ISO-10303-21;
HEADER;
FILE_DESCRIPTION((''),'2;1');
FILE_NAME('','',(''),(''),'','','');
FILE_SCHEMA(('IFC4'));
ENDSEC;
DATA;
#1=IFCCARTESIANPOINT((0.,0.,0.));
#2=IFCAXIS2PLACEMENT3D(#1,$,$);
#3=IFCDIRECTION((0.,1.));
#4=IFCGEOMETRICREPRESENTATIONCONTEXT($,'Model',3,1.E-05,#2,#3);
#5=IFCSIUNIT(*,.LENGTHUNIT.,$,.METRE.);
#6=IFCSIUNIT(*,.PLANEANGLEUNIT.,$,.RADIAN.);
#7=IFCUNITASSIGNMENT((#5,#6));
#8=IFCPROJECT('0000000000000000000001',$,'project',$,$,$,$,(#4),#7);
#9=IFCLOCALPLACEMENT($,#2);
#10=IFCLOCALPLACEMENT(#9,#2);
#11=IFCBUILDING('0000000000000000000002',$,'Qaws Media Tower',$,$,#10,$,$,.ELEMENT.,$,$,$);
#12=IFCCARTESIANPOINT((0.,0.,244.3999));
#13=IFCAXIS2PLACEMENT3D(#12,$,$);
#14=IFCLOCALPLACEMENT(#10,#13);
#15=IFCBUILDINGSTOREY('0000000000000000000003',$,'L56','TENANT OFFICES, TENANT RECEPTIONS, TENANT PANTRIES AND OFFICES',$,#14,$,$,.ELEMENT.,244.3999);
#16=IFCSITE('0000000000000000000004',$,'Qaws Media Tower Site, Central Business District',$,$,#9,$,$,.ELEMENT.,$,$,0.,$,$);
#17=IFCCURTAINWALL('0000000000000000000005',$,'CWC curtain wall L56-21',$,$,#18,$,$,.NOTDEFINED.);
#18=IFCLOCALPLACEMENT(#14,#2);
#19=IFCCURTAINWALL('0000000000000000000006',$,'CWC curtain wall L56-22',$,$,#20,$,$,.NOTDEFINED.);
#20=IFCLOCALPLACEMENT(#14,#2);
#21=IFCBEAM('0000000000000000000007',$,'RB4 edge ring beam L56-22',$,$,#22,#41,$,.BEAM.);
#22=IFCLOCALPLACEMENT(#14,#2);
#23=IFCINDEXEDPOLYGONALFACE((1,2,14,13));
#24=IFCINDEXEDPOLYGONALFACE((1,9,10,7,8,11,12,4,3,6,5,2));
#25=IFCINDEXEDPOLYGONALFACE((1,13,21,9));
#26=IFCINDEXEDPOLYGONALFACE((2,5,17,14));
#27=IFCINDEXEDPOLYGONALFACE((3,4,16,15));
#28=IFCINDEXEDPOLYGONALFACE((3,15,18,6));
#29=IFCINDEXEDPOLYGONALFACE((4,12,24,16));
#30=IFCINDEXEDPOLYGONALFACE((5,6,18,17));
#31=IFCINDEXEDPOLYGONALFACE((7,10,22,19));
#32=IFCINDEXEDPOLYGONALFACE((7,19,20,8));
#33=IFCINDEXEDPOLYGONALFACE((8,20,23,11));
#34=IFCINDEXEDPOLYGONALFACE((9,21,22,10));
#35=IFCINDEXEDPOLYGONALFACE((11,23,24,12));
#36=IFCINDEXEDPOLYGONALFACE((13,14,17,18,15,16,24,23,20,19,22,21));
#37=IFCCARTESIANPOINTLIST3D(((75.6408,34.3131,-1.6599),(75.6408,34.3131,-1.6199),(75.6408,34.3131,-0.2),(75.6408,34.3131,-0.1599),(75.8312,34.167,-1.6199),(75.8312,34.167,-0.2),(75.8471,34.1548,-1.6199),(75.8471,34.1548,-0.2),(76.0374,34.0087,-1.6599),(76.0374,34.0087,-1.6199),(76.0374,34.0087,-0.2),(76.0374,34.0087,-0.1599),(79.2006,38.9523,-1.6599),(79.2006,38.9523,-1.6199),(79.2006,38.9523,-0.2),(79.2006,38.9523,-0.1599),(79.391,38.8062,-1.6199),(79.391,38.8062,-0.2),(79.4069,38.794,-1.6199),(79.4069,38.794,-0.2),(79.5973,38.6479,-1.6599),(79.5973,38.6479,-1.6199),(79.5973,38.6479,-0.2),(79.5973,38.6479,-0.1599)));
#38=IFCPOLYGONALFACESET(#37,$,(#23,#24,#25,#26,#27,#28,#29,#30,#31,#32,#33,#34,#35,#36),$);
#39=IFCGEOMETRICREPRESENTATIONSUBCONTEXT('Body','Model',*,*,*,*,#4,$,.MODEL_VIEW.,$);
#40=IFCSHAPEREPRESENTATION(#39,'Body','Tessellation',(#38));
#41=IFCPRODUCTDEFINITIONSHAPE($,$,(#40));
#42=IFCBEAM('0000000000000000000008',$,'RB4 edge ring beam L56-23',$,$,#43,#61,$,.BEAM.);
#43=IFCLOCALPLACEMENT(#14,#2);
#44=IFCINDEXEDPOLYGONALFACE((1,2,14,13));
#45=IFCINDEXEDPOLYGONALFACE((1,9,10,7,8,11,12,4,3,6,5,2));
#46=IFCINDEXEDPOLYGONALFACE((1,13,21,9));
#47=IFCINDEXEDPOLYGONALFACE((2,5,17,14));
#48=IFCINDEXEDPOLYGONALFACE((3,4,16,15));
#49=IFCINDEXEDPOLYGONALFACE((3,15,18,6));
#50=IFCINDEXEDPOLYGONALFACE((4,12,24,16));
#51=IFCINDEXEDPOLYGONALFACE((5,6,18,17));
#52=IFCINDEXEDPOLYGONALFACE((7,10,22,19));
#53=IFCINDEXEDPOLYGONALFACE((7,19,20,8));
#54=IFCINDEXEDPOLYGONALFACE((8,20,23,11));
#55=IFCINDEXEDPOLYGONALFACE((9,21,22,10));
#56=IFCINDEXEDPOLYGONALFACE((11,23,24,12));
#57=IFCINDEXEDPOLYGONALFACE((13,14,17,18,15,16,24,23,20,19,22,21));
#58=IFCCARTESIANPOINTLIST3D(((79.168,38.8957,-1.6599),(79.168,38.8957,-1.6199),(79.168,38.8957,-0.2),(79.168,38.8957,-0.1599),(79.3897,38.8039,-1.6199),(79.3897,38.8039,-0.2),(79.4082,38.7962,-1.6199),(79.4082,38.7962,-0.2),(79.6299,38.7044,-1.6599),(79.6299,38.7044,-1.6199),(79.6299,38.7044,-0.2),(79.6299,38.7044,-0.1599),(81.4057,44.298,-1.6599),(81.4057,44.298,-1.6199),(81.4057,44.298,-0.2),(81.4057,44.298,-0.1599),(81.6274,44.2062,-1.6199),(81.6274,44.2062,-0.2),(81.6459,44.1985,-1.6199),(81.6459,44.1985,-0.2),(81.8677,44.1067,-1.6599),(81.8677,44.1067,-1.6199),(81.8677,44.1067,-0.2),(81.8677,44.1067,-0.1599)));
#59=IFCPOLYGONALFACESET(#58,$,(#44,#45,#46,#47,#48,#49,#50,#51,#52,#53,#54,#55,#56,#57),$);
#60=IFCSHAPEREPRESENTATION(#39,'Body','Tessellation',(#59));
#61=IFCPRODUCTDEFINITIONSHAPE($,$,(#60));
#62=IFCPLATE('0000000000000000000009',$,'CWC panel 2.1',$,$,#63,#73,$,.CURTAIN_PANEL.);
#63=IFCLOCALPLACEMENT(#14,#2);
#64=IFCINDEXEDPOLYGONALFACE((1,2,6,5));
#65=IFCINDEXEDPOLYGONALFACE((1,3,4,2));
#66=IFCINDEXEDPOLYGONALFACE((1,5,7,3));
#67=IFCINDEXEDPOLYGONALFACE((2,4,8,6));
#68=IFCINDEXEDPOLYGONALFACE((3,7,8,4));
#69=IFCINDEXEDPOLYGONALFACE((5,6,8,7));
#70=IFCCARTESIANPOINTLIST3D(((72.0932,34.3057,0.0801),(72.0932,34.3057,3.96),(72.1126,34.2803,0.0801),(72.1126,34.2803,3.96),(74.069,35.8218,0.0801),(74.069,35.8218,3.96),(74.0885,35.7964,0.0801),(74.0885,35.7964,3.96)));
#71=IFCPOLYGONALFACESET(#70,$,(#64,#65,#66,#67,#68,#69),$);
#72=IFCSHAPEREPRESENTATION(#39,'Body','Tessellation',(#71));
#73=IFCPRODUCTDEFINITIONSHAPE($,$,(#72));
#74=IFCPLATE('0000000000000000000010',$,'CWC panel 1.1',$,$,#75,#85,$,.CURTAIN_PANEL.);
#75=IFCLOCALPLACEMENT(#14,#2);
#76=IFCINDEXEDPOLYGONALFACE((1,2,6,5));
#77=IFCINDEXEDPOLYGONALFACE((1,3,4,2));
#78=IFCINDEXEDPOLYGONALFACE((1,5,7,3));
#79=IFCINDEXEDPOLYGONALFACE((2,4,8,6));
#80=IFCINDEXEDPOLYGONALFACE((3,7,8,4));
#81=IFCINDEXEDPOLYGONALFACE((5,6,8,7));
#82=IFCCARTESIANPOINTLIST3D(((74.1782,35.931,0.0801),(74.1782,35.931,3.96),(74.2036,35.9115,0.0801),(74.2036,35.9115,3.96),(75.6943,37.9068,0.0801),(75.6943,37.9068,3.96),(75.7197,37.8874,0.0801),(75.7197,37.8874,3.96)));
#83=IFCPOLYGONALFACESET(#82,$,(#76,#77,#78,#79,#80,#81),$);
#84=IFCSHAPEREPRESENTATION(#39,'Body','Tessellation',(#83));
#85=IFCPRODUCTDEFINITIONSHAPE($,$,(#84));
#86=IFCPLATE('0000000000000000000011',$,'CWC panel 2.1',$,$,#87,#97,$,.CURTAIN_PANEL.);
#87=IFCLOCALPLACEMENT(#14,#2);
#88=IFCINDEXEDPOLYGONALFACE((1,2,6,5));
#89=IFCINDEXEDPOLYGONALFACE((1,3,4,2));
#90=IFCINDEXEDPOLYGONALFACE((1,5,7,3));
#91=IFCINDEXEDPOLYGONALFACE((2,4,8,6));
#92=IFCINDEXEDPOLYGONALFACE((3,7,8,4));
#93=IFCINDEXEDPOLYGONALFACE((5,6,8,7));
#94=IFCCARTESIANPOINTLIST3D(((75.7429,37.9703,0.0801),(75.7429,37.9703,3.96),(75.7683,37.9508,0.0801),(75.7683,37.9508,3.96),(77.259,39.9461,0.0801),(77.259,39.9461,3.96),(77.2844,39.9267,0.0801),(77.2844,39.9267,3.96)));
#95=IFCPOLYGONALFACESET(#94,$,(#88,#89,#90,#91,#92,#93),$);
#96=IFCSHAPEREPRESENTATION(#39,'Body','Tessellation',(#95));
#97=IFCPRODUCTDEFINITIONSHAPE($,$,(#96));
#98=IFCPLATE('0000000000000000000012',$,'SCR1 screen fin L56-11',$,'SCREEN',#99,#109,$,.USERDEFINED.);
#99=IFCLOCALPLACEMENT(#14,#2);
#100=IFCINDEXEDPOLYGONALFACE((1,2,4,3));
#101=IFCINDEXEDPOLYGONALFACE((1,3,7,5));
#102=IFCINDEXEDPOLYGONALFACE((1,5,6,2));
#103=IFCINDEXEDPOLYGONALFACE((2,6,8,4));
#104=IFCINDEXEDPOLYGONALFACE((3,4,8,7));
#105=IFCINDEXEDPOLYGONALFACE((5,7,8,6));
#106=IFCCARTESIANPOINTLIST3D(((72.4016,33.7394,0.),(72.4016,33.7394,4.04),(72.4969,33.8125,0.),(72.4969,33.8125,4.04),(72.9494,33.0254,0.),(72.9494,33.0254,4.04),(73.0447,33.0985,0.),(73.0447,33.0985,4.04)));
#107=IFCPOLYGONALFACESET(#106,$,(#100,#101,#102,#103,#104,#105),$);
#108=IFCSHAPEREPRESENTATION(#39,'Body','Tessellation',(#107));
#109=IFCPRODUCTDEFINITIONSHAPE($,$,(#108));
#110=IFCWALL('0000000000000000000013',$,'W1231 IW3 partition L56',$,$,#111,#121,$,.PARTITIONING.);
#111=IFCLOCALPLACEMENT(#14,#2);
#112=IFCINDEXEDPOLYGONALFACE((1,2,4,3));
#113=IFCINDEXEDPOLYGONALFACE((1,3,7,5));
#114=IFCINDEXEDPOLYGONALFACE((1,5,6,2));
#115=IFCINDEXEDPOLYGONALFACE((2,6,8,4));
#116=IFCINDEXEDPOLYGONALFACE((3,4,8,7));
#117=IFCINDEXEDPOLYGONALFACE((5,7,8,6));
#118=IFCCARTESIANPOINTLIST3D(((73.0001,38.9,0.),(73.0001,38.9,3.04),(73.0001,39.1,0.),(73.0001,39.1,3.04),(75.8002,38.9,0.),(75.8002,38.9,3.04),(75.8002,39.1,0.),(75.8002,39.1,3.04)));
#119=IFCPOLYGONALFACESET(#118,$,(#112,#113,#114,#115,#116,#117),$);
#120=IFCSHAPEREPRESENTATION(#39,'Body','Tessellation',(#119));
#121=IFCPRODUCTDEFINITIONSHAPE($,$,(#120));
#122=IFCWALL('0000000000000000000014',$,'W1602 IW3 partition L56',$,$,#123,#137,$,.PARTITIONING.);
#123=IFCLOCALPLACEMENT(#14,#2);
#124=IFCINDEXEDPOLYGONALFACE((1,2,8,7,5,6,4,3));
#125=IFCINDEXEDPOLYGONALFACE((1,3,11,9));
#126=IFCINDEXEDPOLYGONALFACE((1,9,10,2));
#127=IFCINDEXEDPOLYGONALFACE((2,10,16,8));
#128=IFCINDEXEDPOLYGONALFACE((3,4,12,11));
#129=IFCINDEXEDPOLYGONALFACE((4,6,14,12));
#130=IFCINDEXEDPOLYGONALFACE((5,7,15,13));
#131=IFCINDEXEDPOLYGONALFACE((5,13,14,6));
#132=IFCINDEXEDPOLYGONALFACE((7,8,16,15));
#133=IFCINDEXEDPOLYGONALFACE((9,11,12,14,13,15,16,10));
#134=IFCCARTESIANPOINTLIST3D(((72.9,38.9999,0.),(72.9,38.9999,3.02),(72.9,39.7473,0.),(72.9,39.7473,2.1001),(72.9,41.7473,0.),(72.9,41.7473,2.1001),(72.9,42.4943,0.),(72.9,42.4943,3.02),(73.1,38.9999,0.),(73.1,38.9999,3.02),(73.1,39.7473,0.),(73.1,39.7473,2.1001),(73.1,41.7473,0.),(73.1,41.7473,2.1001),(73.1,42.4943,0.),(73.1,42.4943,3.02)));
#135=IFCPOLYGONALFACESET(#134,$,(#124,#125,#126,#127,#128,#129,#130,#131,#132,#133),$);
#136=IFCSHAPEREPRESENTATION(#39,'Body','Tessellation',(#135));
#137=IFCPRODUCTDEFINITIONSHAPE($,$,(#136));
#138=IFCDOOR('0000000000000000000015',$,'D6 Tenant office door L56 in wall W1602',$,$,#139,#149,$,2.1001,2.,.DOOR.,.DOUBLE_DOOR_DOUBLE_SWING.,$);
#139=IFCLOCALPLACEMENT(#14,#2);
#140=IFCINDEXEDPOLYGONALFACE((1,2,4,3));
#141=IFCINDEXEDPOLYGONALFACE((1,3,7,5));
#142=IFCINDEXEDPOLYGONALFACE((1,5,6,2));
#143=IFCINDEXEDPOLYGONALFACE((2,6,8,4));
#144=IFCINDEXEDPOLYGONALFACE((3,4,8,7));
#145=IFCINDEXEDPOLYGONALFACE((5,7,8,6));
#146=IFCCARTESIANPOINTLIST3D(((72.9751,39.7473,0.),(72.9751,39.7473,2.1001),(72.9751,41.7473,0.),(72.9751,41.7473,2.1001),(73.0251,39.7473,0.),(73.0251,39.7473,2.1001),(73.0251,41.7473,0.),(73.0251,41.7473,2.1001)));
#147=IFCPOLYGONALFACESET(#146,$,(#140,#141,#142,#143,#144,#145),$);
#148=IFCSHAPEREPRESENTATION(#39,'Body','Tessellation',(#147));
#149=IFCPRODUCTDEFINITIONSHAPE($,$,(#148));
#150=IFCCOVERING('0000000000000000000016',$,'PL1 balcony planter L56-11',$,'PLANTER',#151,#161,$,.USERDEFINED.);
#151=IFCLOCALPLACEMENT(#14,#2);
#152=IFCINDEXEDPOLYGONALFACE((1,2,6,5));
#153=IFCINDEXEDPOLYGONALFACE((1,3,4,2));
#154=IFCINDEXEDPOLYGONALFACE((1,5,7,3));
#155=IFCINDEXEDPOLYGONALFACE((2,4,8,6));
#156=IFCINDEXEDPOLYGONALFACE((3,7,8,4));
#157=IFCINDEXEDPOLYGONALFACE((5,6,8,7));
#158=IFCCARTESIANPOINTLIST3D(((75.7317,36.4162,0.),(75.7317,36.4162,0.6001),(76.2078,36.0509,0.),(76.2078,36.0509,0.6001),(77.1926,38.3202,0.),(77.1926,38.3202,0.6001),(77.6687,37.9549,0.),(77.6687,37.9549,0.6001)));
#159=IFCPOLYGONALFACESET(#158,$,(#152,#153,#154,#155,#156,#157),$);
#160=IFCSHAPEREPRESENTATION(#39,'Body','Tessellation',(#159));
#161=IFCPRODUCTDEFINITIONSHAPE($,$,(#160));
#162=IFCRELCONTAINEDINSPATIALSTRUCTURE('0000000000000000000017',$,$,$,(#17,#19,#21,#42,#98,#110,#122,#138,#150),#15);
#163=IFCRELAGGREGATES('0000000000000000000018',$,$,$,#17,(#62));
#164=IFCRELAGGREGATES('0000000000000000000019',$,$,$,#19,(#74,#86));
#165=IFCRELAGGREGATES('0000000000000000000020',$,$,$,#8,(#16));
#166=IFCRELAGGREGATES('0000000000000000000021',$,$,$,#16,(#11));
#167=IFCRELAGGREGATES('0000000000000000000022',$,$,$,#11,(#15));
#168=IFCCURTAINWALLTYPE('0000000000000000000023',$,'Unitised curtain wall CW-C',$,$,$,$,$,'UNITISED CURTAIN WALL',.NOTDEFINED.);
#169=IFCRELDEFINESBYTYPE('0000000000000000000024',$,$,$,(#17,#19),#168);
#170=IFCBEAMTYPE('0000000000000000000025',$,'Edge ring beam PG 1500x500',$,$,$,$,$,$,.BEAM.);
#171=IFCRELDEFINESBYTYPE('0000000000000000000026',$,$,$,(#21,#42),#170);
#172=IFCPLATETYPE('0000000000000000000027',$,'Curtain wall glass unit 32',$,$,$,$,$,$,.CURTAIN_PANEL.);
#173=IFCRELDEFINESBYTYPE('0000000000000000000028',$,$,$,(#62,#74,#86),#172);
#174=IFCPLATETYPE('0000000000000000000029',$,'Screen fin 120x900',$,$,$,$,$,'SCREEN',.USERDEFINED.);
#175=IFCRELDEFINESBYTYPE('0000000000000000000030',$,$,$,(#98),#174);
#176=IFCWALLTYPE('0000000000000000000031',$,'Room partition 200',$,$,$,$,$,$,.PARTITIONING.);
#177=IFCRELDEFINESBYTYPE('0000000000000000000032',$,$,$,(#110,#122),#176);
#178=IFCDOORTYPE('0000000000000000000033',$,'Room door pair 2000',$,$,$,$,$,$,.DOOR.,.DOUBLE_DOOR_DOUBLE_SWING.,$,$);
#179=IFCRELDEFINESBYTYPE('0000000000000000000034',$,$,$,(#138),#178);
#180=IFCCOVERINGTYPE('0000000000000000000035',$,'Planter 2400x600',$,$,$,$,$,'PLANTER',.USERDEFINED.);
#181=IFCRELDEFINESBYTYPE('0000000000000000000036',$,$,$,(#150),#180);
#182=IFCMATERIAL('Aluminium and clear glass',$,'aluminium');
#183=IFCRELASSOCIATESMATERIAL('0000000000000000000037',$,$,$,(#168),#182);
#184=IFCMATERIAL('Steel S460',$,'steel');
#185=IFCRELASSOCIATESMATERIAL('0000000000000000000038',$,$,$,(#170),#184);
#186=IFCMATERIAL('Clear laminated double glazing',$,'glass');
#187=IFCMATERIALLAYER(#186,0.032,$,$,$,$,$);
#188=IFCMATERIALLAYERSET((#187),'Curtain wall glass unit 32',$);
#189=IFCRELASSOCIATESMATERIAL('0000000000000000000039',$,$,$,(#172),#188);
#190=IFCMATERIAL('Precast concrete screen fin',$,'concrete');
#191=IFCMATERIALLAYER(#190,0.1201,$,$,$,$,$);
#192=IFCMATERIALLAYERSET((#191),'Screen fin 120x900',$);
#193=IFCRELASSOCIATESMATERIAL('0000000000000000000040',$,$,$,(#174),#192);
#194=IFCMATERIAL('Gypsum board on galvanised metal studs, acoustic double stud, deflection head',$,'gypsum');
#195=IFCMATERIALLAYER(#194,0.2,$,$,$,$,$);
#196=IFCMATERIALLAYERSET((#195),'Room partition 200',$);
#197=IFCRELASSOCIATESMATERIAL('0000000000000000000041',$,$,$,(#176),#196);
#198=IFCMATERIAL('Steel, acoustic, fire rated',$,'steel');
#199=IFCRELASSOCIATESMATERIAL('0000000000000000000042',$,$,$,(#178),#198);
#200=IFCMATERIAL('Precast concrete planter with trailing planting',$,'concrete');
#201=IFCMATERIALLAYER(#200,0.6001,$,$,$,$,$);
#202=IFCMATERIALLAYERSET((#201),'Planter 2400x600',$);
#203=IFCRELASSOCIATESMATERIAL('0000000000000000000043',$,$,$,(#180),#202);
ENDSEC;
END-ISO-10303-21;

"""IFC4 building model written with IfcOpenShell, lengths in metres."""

from ifc_helpers import new_model, si_unit, direction, frame, frame_2d, origin, origin_2d, place, context, subcontext, project, spatial, rectangle, i_section, extrude, material, layer, layer_set, material_profile, profile_set, type_object, element, fill, aggregate, save


model = new_model("IFC4")

# Units and contexts
model_context = context("Model", 3, precision=1e-05, world=origin(), true_north=direction((0.0, 1.0)))
body_context = subcontext(model_context, "Body", "Model", "MODEL_VIEW")
ifc_project = project(units=[si_unit("LENGTHUNIT", "METRE"), si_unit("PLANEANGLEUNIT", "RADIAN")], contexts=[model_context])

# Site, building, storey
site_placement = place(None, origin())
site = spatial("IfcSite", under=ifc_project, at=site_placement, Name="Qaws Media Tower Site, Central Business District", CompositionType="ELEMENT", RefElevation=0.0)
building_placement = place(site_placement, origin())
building = spatial("IfcBuilding", under=site, at=building_placement, Name="Qaws Media Tower", CompositionType="ELEMENT")
storey_placement = place(building_placement, frame((0.0, 0.0, 244.3999)))
storey = spatial("IfcBuildingStorey", under=building, at=storey_placement, Name="L56", Description="TENANT OFFICES, TENANT RECEPTIONS, TENANT PANTRIES AND OFFICES", CompositionType="ELEMENT", Elevation=244.3999)

# Curtain walls
ifc_material_1 = material(Name="Aluminium and clear glass", Category="aluminium")
curtain_wall_type = type_object("IfcCurtainWallType", Name="Unitised curtain wall CW-C", ElementType="UNITISED CURTAIN WALL", PredefinedType="NOTDEFINED", material=ifc_material_1)
curtain_wall_1_placement = place(storey_placement, origin())
curtain_wall_1 = element("IfcCurtainWall", 1, at=curtain_wall_1_placement, inside=storey, type_object=curtain_wall_type, Name="CWC curtain wall L56-21", PredefinedType="NOTDEFINED")
curtain_wall_2_placement = place(storey_placement, origin())
curtain_wall_2 = element("IfcCurtainWall", 2, at=curtain_wall_2_placement, inside=storey, type_object=curtain_wall_type, Name="CWC curtain wall L56-22", PredefinedType="NOTDEFINED")

# Beams
ifc_material_2 = material(Name="Steel S460", Category="steel")
ifc_material_profile_1 = material_profile(ifc_material_2, i_section(OverallWidth=0.5, OverallDepth=1.5, WebThickness=0.02, FlangeThickness=0.04, at=origin_2d()), Name="PG 1500x500")
ifc_profile_set_1 = profile_set([ifc_material_profile_1], Name="Steel S460")
beam_type = type_object("IfcBeamType", Name="Edge ring beam PG 1500x500", PredefinedType="BEAM", material=ifc_profile_set_1)
for number, where, z_axis, x_axis, name in (
    (3, (75.8391, 34.1609, -0.9099), (0.608768, 0.793348, 0.0), (-0.793348, 0.608768, 0.0), "RB4 edge ring beam L56-22"),
):
    element("IfcBeam", number, at=place(storey_placement, frame(where, z_axis=z_axis, x_axis=x_axis)), inside=storey, type_object=beam_type, Name=name, PredefinedType="BEAM", context=body_context, shape_type="SweptSolid", body=[
        extrude(i_section(OverallWidth=0.5, OverallDepth=1.5, WebThickness=0.02, FlangeThickness=0.04, at=origin_2d()), origin(), (0.0, 0.0, 1.0), 5.8477),
    ])
beam_placement = place(storey_placement, frame((79.3989, 38.8, -0.9099), z_axis=(0.382693, 0.923875, 0.0), x_axis=(-0.923875, 0.382693, 0.0)))
element("IfcBeam", 4, at=beam_placement, inside=storey, type_object=beam_type, Name="RB4 edge ring beam L56-23", PredefinedType="BEAM", context=body_context, shape_type="SweptSolid", body=[
    extrude(i_section(OverallWidth=0.5, OverallDepth=1.5, WebThickness=0.02, FlangeThickness=0.04, at=origin_2d()), origin(), (0.0, 0.0, 1.0), 5.8474),
])

# Plates
ifc_material_3 = material(Name="Clear laminated double glazing", Category="glass")
ifc_layer_1 = layer(ifc_material_3, 0.032)
ifc_layer_set_1 = layer_set([ifc_layer_1], Name="Curtain wall glass unit 32")
plate_type_1 = type_object("IfcPlateType", Name="Curtain wall glass unit 32", PredefinedType="CURTAIN_PANEL", material=ifc_layer_set_1)
plate_1_placement = place(storey_placement, frame((73.0908, 35.051, 0.0801), z_axis=(0.0, 0.0, 1.0), x_axis=(0.793353, 0.608761, 0.0)))
plate_1 = element("IfcPlate", 5, at=plate_1_placement, type_object=plate_type_1, Name="CWC panel 2.1", PredefinedType="CURTAIN_PANEL", context=body_context, shape_type="SweptSolid", body=[
    extrude(rectangle(XDim=2.4905, YDim=0.032, at=origin_2d()), origin(), (0.0, 0.0, 1.0), 3.8799),
])
aggregate(curtain_wall_1, [plate_1])
plate_2_placement = place(storey_placement, frame((74.949, 36.9092, 0.0801), z_axis=(0.0, 0.0, 1.0), x_axis=(0.608761, 0.793353, 0.0)))
plate_2 = element("IfcPlate", 6, at=plate_2_placement, type_object=plate_type_1, Name="CWC panel 1.1", PredefinedType="CURTAIN_PANEL", context=body_context, shape_type="SweptSolid", body=[
    extrude(rectangle(XDim=2.4905, YDim=0.032, at=origin_2d()), origin(), (0.0, 0.0, 1.0), 3.8799),
])
plate_3_placement = place(storey_placement, frame((76.5137, 38.9485, 0.0801), z_axis=(0.0, 0.0, 1.0), x_axis=(0.608761, 0.793353, 0.0)))
plate_3 = element("IfcPlate", 7, at=plate_3_placement, type_object=plate_type_1, Name="CWC panel 2.1", PredefinedType="CURTAIN_PANEL", context=body_context, shape_type="SweptSolid", body=[
    extrude(rectangle(XDim=2.4905, YDim=0.032, at=origin_2d()), origin(), (0.0, 0.0, 1.0), 3.8799),
])
aggregate(curtain_wall_2, [plate_2, plate_3])
ifc_material_4 = material(Name="Precast concrete screen fin", Category="concrete")
ifc_layer_2 = layer(ifc_material_4, 0.1201)
ifc_layer_set_2 = layer_set([ifc_layer_2], Name="Screen fin 120x900")
plate_type_2 = type_object("IfcPlateType", Name="Screen fin 120x900", ElementType="SCREEN", PredefinedType="USERDEFINED", material=ifc_layer_set_2)
plate_4_placement = place(storey_placement, frame((72.7231, 33.4189, 0.0), z_axis=(0.0, 0.0, 1.0), x_axis=(0.608761, -0.793353, 0.0)))
element("IfcPlate", 8, at=plate_4_placement, inside=storey, type_object=plate_type_2, Name="SCR1 screen fin L56-11", ObjectType="SCREEN", PredefinedType="USERDEFINED", context=body_context, shape_type="SweptSolid", body=[
    extrude(rectangle(XDim=0.8999, YDim=0.1201, at=origin_2d()), origin(), (0.0, 0.0, 1.0), 4.04),
])

# Wall
ifc_material_5 = material(Name="Gypsum board on galvanised metal studs, acoustic double stud, deflection head", Category="gypsum")
ifc_layer_3 = layer(ifc_material_5, 0.2)
ifc_layer_set_3 = layer_set([ifc_layer_3], Name="Room partition 200")
wall_type = type_object("IfcWallType", Name="Room partition 200", PredefinedType="PARTITIONING", material=ifc_layer_set_3)
wall_1_placement = place(storey_placement, frame((75.8, 39.0, 0.0), z_axis=(0.0, 0.0, 1.0), x_axis=(-1.0, 0.0, 0.0)))
element("IfcWall", 9, at=wall_1_placement, inside=storey, type_object=wall_type, Name="W1231 IW3 partition L56", PredefinedType="PARTITIONING", context=body_context, shape_type="SweptSolid", body=[
    extrude(rectangle(XDim=2.8, YDim=0.2, at=frame_2d((1.3999, 0.0))), origin(), (0.0, 0.0, 1.0), 3.04),
])

# Wall, opening, door
wall_2_placement = place(storey_placement, frame((73.0, 39.0, 0.0), z_axis=(0.0, 0.0, 1.0), x_axis=(0.0, 1.0, 0.0)))
wall_2 = element("IfcWall", 10, at=wall_2_placement, inside=storey, type_object=wall_type, Name="W1602 IW3 partition L56", PredefinedType="PARTITIONING", context=body_context, shape_type="SweptSolid", body=[
    extrude(rectangle(XDim=3.4944, YDim=0.2, at=frame_2d((1.7471, 0.0))), origin(), (0.0, 0.0, 1.0), 3.02),
])
opening_placement = place(wall_2_placement, frame((0.7473, 0.0, 0.0)))
opening = element("IfcOpeningElement", 11, at=opening_placement, cuts=wall_2, PredefinedType="OPENING", context=body_context, shape_type="SweptSolid", body=[
    extrude(rectangle(XDim=2.0, YDim=2.1001, at=frame_2d((1.0, 1.05))), frame((0.0, 0.1099, 0.0), z_axis=(0.0, -1.0, 0.0), x_axis=(1.0, 0.0, 0.0)), (0.0, 0.0, 1.0), 0.22),
])
ifc_material_6 = material(Name="Steel, acoustic, fire rated", Category="steel")
door_type = type_object("IfcDoorType", Name="Room door pair 2000", OperationType="DOUBLE_DOOR_DOUBLE_SWING", PredefinedType="DOOR", material=ifc_material_6)
door_placement = place(opening_placement, origin())
door = element("IfcDoor", 12, at=door_placement, inside=storey, type_object=door_type, Name="D6 Tenant office door L56 in wall W1602", OperationType="DOUBLE_DOOR_DOUBLE_SWING", OverallHeight=2.1001, OverallWidth=2.0, PredefinedType="DOOR", context=body_context, shape_type="SweptSolid", body=[
    extrude(rectangle(XDim=2.0, YDim=2.1001, at=frame_2d((1.0, 1.05))), frame((0.0, 0.0249, 0.0), z_axis=(0.0, -1.0, 0.0), x_axis=(1.0, 0.0, 0.0)), (0.0, 0.0, 1.0), 0.05),
])
fill(opening, door)

# Covering
ifc_material_7 = material(Name="Precast concrete planter with trailing planting", Category="concrete")
ifc_layer_4 = layer(ifc_material_7, 0.6001)
ifc_layer_set_4 = layer_set([ifc_layer_4], Name="Planter 2400x600")
covering_type = type_object("IfcCoveringType", Name="Planter 2400x600", ElementType="PLANTER", PredefinedType="USERDEFINED", material=ifc_layer_set_4)
covering_placement = place(storey_placement, frame((76.7002, 37.1855, 0.0), z_axis=(0.0, 0.0, 1.0), x_axis=(0.608761, 0.793353, 0.0)))
element("IfcCovering", 13, at=covering_placement, inside=storey, type_object=covering_type, Name="PL1 balcony planter L56-11", ObjectType="PLANTER", PredefinedType="USERDEFINED", context=body_context, shape_type="SweptSolid", body=[
    extrude(rectangle(XDim=2.3999, YDim=0.6001, at=origin_2d()), origin(), (0.0, 0.0, 1.0), 0.6001),
])

save(model, "model.ifc")
